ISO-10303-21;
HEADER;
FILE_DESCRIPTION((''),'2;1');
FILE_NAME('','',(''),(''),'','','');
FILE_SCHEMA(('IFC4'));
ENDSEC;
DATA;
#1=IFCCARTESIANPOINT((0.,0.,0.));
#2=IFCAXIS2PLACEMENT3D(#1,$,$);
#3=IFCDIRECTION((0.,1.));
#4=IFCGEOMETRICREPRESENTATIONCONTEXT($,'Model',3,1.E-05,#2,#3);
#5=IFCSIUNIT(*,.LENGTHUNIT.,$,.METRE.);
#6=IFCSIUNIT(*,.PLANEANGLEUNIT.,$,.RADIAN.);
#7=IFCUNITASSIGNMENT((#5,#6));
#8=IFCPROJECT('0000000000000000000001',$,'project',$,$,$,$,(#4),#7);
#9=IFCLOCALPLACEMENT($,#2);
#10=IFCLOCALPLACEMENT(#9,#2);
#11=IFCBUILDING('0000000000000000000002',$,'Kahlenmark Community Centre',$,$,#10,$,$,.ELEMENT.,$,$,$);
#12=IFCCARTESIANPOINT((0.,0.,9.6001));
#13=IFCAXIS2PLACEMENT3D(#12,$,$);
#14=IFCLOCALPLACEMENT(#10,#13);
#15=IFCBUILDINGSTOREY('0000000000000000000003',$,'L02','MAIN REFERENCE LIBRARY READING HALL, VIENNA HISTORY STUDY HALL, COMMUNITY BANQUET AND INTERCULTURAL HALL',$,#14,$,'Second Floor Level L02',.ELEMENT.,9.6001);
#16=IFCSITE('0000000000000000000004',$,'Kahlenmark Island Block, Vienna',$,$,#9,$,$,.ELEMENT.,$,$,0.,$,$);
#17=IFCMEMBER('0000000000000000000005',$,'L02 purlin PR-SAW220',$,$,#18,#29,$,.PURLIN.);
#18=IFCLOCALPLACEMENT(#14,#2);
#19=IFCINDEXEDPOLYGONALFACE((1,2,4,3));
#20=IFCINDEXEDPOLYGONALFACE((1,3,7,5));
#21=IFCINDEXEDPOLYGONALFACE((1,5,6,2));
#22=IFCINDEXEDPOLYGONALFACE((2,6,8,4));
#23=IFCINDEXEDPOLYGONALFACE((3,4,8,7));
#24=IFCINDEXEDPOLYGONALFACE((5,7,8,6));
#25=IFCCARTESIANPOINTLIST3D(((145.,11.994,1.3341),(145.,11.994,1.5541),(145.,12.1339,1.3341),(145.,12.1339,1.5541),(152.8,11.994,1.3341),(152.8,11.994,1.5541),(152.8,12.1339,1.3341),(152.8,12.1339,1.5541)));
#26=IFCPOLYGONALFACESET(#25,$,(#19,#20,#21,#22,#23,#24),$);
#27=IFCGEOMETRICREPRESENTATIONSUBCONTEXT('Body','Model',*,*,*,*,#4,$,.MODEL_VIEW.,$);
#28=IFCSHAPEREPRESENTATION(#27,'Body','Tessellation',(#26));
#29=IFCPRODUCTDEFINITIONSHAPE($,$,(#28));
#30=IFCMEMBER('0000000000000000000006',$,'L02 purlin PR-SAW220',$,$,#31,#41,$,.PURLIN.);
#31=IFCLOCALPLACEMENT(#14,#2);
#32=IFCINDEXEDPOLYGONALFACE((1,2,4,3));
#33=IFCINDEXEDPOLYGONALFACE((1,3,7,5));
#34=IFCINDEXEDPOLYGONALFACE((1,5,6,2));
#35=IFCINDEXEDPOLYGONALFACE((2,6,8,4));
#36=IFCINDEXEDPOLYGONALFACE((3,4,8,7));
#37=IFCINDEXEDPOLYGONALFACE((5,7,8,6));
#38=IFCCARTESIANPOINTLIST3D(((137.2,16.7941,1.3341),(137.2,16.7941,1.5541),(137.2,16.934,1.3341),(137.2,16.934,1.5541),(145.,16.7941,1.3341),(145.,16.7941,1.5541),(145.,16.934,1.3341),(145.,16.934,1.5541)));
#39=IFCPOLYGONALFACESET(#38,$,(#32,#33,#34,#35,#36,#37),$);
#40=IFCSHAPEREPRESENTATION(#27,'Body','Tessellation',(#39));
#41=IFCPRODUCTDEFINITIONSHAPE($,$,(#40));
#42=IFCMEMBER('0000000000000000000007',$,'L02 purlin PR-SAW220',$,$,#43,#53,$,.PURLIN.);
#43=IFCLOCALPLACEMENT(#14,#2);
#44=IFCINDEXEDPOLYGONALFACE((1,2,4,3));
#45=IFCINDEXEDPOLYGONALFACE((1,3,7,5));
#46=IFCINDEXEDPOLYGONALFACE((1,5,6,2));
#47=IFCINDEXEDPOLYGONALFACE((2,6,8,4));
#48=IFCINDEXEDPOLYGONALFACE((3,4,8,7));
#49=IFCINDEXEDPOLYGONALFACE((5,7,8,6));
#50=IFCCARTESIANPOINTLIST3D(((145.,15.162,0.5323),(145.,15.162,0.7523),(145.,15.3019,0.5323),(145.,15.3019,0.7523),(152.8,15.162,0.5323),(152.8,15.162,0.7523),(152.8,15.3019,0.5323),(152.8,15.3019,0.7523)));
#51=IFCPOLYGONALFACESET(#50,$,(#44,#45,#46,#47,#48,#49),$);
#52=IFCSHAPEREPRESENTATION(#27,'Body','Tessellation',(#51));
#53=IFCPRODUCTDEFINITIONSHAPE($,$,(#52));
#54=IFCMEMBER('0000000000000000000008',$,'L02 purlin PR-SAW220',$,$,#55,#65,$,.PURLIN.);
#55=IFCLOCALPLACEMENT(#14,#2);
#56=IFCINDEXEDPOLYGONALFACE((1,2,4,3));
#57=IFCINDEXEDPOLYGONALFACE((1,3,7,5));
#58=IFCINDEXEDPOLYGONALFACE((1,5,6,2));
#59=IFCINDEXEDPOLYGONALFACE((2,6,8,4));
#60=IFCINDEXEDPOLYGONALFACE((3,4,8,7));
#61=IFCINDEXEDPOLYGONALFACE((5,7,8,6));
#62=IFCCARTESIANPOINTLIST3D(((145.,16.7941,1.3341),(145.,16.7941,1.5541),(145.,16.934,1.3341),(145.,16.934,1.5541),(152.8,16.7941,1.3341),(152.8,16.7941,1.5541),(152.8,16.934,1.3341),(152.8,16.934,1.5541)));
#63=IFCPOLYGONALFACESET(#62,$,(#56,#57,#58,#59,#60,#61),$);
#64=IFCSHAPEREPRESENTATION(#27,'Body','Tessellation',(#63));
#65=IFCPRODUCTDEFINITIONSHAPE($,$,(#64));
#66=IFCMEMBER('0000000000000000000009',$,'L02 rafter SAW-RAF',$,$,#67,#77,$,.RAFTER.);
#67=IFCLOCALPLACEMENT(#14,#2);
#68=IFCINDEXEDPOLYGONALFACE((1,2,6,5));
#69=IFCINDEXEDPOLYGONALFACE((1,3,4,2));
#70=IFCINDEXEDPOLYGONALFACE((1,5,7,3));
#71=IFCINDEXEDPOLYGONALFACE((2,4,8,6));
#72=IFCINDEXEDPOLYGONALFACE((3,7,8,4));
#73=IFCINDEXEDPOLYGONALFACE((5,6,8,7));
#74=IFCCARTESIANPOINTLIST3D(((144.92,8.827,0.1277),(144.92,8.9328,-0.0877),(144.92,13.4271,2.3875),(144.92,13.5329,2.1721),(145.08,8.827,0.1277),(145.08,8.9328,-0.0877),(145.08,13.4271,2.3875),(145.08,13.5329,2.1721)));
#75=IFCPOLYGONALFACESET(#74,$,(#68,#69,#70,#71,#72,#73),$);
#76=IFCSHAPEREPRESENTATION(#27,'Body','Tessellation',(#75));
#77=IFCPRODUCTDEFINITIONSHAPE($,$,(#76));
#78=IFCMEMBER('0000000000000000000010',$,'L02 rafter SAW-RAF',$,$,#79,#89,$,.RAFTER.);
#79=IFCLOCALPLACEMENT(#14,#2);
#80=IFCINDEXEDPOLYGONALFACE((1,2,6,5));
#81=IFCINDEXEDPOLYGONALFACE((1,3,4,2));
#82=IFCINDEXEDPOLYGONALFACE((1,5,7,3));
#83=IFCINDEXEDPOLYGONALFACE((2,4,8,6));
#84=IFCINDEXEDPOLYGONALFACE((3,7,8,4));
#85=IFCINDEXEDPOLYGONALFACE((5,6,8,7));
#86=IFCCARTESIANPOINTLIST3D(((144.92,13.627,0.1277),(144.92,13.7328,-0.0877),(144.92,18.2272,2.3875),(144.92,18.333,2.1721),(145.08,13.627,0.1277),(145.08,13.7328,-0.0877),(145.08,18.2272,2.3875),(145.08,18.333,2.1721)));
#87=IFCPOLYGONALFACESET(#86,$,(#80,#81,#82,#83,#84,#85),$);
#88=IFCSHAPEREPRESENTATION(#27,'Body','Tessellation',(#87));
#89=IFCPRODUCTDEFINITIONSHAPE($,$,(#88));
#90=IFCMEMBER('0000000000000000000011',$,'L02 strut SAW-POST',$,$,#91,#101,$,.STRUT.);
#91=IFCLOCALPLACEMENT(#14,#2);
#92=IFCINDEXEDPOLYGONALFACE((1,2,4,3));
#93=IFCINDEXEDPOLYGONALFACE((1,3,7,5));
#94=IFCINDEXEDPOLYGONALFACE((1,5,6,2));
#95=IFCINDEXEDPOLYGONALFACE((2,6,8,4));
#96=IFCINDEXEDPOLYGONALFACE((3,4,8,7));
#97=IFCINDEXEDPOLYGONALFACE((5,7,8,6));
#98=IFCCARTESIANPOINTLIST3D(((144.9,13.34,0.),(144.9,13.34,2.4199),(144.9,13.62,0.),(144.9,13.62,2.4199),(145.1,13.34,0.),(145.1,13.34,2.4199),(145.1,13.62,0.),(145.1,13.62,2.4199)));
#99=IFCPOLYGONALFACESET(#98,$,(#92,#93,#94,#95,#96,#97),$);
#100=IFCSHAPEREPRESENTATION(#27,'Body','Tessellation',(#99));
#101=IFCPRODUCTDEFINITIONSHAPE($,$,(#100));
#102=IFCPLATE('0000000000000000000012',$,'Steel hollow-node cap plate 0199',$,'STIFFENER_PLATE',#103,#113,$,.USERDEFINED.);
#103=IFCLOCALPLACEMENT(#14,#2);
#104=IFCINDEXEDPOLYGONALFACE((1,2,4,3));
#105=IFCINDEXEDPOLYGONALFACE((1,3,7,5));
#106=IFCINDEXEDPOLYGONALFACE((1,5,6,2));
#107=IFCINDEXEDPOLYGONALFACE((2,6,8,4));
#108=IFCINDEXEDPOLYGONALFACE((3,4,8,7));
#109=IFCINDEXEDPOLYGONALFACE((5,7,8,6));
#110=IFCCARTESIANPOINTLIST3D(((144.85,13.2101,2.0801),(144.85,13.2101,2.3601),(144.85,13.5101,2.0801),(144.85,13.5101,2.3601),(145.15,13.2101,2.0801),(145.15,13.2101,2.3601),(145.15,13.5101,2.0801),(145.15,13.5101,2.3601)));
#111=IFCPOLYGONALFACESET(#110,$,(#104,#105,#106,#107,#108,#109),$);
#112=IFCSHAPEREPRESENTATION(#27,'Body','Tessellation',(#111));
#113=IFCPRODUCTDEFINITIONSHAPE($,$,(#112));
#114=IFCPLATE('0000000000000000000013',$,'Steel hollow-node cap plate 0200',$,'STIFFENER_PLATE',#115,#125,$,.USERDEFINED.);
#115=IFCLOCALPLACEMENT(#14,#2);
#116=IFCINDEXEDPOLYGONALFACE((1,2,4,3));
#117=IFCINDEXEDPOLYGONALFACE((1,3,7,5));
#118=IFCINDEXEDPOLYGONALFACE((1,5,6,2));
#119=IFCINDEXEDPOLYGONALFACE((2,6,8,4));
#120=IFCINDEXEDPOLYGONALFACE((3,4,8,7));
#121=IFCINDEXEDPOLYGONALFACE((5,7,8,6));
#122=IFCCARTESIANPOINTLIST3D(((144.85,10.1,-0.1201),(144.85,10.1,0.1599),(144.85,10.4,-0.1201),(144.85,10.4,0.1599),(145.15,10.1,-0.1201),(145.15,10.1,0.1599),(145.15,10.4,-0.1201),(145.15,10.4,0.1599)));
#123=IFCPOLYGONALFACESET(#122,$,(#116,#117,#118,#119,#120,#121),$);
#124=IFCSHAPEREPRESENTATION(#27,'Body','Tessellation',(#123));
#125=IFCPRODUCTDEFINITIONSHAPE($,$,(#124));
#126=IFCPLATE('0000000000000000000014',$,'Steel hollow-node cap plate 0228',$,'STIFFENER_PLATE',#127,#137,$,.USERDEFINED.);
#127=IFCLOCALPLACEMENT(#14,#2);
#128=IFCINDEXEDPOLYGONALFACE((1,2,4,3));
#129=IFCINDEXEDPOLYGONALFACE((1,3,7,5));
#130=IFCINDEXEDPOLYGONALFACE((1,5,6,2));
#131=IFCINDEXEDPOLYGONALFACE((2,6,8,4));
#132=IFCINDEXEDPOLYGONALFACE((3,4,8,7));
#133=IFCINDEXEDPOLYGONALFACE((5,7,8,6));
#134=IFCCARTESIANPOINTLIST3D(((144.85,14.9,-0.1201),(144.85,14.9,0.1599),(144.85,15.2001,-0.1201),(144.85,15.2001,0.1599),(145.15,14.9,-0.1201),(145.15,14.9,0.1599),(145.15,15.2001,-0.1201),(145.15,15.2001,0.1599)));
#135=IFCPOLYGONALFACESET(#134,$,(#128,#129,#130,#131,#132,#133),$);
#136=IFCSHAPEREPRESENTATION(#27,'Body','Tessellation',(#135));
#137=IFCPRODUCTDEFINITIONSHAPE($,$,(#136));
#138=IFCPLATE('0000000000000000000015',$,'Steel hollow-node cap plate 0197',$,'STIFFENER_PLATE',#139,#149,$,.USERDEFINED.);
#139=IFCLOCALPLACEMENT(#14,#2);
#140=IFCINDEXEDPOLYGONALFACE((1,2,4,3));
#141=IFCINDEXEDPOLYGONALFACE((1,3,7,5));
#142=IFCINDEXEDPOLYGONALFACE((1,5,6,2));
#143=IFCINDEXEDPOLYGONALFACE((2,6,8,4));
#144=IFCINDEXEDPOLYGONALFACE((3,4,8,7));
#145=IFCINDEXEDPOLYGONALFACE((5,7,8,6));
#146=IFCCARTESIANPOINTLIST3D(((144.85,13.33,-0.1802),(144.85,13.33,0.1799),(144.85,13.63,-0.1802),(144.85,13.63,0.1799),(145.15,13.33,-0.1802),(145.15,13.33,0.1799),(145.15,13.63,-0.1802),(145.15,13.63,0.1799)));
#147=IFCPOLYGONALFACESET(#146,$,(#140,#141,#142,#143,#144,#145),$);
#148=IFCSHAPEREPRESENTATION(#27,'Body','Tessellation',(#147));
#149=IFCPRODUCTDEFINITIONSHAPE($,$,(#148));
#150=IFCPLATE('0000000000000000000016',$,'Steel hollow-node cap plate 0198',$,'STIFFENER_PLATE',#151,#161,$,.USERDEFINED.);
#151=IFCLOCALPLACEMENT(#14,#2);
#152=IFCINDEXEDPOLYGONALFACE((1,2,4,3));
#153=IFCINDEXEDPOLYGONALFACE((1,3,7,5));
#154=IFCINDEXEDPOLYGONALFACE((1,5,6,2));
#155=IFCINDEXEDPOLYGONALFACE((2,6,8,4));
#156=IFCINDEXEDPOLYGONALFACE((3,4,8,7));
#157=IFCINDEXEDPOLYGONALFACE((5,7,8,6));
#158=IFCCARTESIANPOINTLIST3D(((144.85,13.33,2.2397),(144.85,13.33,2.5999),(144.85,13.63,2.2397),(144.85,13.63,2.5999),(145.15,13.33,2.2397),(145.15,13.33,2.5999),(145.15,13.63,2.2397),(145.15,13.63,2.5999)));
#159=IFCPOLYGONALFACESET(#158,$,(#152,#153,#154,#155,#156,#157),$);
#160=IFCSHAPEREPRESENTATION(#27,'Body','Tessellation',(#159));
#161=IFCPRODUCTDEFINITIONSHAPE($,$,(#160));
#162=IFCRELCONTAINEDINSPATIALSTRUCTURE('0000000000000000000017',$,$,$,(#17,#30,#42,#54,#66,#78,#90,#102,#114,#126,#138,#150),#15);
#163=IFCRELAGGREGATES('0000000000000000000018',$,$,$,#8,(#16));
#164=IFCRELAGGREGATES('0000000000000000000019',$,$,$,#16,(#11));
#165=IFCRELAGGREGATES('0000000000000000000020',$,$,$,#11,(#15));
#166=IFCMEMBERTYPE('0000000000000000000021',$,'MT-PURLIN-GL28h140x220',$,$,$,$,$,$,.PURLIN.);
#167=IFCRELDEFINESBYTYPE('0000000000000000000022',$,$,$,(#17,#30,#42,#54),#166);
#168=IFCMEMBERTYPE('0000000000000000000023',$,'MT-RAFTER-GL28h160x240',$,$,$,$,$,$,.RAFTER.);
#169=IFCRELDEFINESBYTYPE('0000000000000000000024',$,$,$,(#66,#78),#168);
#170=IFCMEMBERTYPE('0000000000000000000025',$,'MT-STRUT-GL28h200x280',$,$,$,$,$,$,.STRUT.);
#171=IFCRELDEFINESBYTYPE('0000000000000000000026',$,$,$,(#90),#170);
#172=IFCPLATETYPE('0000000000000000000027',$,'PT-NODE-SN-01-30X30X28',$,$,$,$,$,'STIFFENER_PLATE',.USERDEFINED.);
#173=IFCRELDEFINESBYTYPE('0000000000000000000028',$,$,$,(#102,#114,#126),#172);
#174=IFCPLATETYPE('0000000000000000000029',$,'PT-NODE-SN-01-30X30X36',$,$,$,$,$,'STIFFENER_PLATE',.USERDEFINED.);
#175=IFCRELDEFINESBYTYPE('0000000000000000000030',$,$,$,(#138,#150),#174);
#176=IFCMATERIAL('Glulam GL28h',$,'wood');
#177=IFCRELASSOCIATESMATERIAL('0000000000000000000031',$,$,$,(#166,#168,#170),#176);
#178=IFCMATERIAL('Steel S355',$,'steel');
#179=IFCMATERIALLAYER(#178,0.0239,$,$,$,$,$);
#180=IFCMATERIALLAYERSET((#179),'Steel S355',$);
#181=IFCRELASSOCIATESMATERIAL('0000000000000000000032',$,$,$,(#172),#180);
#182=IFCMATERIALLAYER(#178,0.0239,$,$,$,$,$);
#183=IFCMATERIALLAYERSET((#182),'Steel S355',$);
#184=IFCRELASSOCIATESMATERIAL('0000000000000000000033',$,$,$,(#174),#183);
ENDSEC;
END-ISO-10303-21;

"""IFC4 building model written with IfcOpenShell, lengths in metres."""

from ifc_helpers import new_model, si_unit, direction, frame, origin, origin_2d, place, context, subcontext, project, spatial, rectangle, extrude, material, layer, layer_set, material_profile, profile_set, type_object, element, save


model = new_model("IFC4")

# Units and contexts
model_context = context("Model", 3, precision=1e-05, world=origin(), true_north=direction((0.0, 1.0)))
body_context = subcontext(model_context, "Body", "Model", "MODEL_VIEW")
ifc_project = project(units=[si_unit("LENGTHUNIT", "METRE"), si_unit("PLANEANGLEUNIT", "RADIAN")], contexts=[model_context])

# Site, building, storey
site_placement = place(None, origin())
site = spatial("IfcSite", under=ifc_project, at=site_placement, Name="Kahlenmark Island Block, Vienna", CompositionType="ELEMENT", RefElevation=0.0)
building_placement = place(site_placement, origin())
building = spatial("IfcBuilding", under=site, at=building_placement, Name="Kahlenmark Community Centre", CompositionType="ELEMENT")
storey_placement = place(building_placement, frame((0.0, 0.0, 9.6001)))
storey = spatial("IfcBuildingStorey", under=building, at=storey_placement, Name="L02", Description="MAIN REFERENCE LIBRARY READING HALL, VIENNA HISTORY STUDY HALL, COMMUNITY BANQUET AND INTERCULTURAL HALL", LongName="Second Floor Level L02", CompositionType="ELEMENT", Elevation=9.6001)

# Members
ifc_material_1 = material(Name="Steel S355", Category="steel")
ifc_material_2 = material(Name="Glulam GL28h", Category="wood")
ifc_material_profile_1 = material_profile(ifc_material_2, rectangle(XDim=0.1399, YDim=0.22, at=origin_2d()), Name="GL28h 140x220")
ifc_profile_set_1 = profile_set([ifc_material_profile_1], Name="Glulam GL28h")
member_type_1 = type_object("IfcMemberType", Name="MT-PURLIN-GL28h140x220", PredefinedType="PURLIN", material=ifc_profile_set_1)
for number, where, z_axis, x_axis, name in (
    (1, (145.0, 12.064, 1.4441), (1.0, 0.0, 0.0), (0.0, 1.0, 0.0), "L02 purlin PR-SAW220"),
    (2, (137.2, 16.864, 1.4441), (1.0, 0.0, 0.0), (0.0, 1.0, 0.0), "L02 purlin PR-SAW220"),
    (3, (145.0, 15.2319, 0.6423), (1.0, 0.0, 0.0), (0.0, 1.0, 0.0), "L02 purlin PR-SAW220"),
    (4, (145.0, 16.864, 1.4441), (1.0, 0.0, 0.0), (0.0, 1.0, 0.0), "L02 purlin PR-SAW220"),
):
    element("IfcMember", number, at=place(storey_placement, frame(where, z_axis=z_axis, x_axis=x_axis)), inside=storey, type_object=member_type_1, Name=name, PredefinedType="PURLIN", context=body_context, shape_type="SweptSolid", body=[
        extrude(rectangle(XDim=0.1399, YDim=0.22, at=origin_2d()), origin(), (0.0, 0.0, 1.0), 7.8),
    ])
ifc_material_profile_2 = material_profile(ifc_material_2, rectangle(XDim=0.1599, YDim=0.24, at=origin_2d()), Name="GL28h 160x240")
ifc_profile_set_2 = profile_set([ifc_material_profile_2], Name="Glulam GL28h")
member_type_2 = type_object("IfcMemberType", Name="MT-RAFTER-GL28h160x240", PredefinedType="RAFTER", material=ifc_profile_set_2)
for number, where, z_axis, x_axis, name in (
    (5, (145.0, 8.8799, 0.02), (0.0, 0.897549, 0.440915), (-1.0, 0.0, 0.0), "L02 rafter SAW-RAF"),
    (6, (145.0, 13.6799, 0.02), (0.0, 0.897549, 0.440915), (-1.0, 0.0, 0.0), "L02 rafter SAW-RAF"),
):
    element("IfcMember", number, at=place(storey_placement, frame(where, z_axis=z_axis, x_axis=x_axis)), inside=storey, type_object=member_type_2, Name=name, PredefinedType="RAFTER", context=body_context, shape_type="SweptSolid", body=[
        extrude(rectangle(XDim=0.1599, YDim=0.24, at=origin_2d()), origin(), (0.0, 0.0, 1.0), 5.1252),
    ])
ifc_material_profile_3 = material_profile(ifc_material_2, rectangle(XDim=0.2, YDim=0.28, at=origin_2d()), Name="GL28h 200x280")
ifc_profile_set_3 = profile_set([ifc_material_profile_3], Name="Glulam GL28h")
member_type_3 = type_object("IfcMemberType", Name="MT-STRUT-GL28h200x280", PredefinedType="STRUT", material=ifc_profile_set_3)
member_1_placement = place(storey_placement, frame((145.0, 13.48, 0.0), z_axis=(0.0, 0.0, 1.0), x_axis=(1.0, 0.0, 0.0)))
element("IfcMember", 7, at=member_1_placement, inside=storey, type_object=member_type_3, Name="L02 strut SAW-POST", PredefinedType="STRUT", context=body_context, shape_type="SweptSolid", body=[
    extrude(rectangle(XDim=0.2, YDim=0.28, at=origin_2d()), origin(), (0.0, 0.0, 1.0), 2.4199),
])

# Plates
ifc_layer_1 = layer(ifc_material_1, 0.0239)
ifc_layer_set_1 = layer_set([ifc_layer_1], Name="Steel S355")
plate_type_1 = type_object("IfcPlateType", Name="PT-NODE-SN-01-30X30X28", ElementType="STIFFENER_PLATE", PredefinedType="USERDEFINED", material=ifc_layer_set_1)
for number, where, z_axis, x_axis, name in (
    (8, (145.0, 13.3601, 2.0801), (0.0, 0.0, 1.0), (1.0, 0.0, 0.0), "Steel hollow-node cap plate 0199"),
    (9, (145.0, 10.25, -0.1201), (0.0, 0.0, 1.0), (1.0, 0.0, 0.0), "Steel hollow-node cap plate 0200"),
    (10, (145.0, 15.05, -0.1201), (0.0, 0.0, 1.0), (1.0, 0.0, 0.0), "Steel hollow-node cap plate 0228"),
):
    element("IfcPlate", number, at=place(storey_placement, frame(where, z_axis=z_axis, x_axis=x_axis)), inside=storey, type_object=plate_type_1, Name=name, ObjectType="STIFFENER_PLATE", PredefinedType="USERDEFINED", context=body_context, shape_type="SweptSolid", body=[
        extrude(rectangle(XDim=0.3, YDim=0.3, at=origin_2d()), origin(), (0.0, 0.0, 1.0), 0.28),
    ])
ifc_layer_2 = layer(ifc_material_1, 0.0239)
ifc_layer_set_2 = layer_set([ifc_layer_2], Name="Steel S355")
plate_type_2 = type_object("IfcPlateType", Name="PT-NODE-SN-01-30X30X36", ElementType="STIFFENER_PLATE", PredefinedType="USERDEFINED", material=ifc_layer_set_2)
for number, where, z_axis, x_axis, name in (
    (11, (145.0, 13.48, -0.1802), (0.0, 0.0, 1.0), (1.0, 0.0, 0.0), "Steel hollow-node cap plate 0197"),
    (12, (145.0, 13.48, 2.2397), (0.0, 0.0, 1.0), (1.0, 0.0, 0.0), "Steel hollow-node cap plate 0198"),
):
    element("IfcPlate", number, at=place(storey_placement, frame(where, z_axis=z_axis, x_axis=x_axis)), inside=storey, type_object=plate_type_2, Name=name, ObjectType="STIFFENER_PLATE", PredefinedType="USERDEFINED", context=body_context, shape_type="SweptSolid", body=[
        extrude(rectangle(XDim=0.3, YDim=0.3, at=origin_2d()), origin(), (0.0, 0.0, 1.0), 0.3601),
    ])

save(model, "model.ifc")
